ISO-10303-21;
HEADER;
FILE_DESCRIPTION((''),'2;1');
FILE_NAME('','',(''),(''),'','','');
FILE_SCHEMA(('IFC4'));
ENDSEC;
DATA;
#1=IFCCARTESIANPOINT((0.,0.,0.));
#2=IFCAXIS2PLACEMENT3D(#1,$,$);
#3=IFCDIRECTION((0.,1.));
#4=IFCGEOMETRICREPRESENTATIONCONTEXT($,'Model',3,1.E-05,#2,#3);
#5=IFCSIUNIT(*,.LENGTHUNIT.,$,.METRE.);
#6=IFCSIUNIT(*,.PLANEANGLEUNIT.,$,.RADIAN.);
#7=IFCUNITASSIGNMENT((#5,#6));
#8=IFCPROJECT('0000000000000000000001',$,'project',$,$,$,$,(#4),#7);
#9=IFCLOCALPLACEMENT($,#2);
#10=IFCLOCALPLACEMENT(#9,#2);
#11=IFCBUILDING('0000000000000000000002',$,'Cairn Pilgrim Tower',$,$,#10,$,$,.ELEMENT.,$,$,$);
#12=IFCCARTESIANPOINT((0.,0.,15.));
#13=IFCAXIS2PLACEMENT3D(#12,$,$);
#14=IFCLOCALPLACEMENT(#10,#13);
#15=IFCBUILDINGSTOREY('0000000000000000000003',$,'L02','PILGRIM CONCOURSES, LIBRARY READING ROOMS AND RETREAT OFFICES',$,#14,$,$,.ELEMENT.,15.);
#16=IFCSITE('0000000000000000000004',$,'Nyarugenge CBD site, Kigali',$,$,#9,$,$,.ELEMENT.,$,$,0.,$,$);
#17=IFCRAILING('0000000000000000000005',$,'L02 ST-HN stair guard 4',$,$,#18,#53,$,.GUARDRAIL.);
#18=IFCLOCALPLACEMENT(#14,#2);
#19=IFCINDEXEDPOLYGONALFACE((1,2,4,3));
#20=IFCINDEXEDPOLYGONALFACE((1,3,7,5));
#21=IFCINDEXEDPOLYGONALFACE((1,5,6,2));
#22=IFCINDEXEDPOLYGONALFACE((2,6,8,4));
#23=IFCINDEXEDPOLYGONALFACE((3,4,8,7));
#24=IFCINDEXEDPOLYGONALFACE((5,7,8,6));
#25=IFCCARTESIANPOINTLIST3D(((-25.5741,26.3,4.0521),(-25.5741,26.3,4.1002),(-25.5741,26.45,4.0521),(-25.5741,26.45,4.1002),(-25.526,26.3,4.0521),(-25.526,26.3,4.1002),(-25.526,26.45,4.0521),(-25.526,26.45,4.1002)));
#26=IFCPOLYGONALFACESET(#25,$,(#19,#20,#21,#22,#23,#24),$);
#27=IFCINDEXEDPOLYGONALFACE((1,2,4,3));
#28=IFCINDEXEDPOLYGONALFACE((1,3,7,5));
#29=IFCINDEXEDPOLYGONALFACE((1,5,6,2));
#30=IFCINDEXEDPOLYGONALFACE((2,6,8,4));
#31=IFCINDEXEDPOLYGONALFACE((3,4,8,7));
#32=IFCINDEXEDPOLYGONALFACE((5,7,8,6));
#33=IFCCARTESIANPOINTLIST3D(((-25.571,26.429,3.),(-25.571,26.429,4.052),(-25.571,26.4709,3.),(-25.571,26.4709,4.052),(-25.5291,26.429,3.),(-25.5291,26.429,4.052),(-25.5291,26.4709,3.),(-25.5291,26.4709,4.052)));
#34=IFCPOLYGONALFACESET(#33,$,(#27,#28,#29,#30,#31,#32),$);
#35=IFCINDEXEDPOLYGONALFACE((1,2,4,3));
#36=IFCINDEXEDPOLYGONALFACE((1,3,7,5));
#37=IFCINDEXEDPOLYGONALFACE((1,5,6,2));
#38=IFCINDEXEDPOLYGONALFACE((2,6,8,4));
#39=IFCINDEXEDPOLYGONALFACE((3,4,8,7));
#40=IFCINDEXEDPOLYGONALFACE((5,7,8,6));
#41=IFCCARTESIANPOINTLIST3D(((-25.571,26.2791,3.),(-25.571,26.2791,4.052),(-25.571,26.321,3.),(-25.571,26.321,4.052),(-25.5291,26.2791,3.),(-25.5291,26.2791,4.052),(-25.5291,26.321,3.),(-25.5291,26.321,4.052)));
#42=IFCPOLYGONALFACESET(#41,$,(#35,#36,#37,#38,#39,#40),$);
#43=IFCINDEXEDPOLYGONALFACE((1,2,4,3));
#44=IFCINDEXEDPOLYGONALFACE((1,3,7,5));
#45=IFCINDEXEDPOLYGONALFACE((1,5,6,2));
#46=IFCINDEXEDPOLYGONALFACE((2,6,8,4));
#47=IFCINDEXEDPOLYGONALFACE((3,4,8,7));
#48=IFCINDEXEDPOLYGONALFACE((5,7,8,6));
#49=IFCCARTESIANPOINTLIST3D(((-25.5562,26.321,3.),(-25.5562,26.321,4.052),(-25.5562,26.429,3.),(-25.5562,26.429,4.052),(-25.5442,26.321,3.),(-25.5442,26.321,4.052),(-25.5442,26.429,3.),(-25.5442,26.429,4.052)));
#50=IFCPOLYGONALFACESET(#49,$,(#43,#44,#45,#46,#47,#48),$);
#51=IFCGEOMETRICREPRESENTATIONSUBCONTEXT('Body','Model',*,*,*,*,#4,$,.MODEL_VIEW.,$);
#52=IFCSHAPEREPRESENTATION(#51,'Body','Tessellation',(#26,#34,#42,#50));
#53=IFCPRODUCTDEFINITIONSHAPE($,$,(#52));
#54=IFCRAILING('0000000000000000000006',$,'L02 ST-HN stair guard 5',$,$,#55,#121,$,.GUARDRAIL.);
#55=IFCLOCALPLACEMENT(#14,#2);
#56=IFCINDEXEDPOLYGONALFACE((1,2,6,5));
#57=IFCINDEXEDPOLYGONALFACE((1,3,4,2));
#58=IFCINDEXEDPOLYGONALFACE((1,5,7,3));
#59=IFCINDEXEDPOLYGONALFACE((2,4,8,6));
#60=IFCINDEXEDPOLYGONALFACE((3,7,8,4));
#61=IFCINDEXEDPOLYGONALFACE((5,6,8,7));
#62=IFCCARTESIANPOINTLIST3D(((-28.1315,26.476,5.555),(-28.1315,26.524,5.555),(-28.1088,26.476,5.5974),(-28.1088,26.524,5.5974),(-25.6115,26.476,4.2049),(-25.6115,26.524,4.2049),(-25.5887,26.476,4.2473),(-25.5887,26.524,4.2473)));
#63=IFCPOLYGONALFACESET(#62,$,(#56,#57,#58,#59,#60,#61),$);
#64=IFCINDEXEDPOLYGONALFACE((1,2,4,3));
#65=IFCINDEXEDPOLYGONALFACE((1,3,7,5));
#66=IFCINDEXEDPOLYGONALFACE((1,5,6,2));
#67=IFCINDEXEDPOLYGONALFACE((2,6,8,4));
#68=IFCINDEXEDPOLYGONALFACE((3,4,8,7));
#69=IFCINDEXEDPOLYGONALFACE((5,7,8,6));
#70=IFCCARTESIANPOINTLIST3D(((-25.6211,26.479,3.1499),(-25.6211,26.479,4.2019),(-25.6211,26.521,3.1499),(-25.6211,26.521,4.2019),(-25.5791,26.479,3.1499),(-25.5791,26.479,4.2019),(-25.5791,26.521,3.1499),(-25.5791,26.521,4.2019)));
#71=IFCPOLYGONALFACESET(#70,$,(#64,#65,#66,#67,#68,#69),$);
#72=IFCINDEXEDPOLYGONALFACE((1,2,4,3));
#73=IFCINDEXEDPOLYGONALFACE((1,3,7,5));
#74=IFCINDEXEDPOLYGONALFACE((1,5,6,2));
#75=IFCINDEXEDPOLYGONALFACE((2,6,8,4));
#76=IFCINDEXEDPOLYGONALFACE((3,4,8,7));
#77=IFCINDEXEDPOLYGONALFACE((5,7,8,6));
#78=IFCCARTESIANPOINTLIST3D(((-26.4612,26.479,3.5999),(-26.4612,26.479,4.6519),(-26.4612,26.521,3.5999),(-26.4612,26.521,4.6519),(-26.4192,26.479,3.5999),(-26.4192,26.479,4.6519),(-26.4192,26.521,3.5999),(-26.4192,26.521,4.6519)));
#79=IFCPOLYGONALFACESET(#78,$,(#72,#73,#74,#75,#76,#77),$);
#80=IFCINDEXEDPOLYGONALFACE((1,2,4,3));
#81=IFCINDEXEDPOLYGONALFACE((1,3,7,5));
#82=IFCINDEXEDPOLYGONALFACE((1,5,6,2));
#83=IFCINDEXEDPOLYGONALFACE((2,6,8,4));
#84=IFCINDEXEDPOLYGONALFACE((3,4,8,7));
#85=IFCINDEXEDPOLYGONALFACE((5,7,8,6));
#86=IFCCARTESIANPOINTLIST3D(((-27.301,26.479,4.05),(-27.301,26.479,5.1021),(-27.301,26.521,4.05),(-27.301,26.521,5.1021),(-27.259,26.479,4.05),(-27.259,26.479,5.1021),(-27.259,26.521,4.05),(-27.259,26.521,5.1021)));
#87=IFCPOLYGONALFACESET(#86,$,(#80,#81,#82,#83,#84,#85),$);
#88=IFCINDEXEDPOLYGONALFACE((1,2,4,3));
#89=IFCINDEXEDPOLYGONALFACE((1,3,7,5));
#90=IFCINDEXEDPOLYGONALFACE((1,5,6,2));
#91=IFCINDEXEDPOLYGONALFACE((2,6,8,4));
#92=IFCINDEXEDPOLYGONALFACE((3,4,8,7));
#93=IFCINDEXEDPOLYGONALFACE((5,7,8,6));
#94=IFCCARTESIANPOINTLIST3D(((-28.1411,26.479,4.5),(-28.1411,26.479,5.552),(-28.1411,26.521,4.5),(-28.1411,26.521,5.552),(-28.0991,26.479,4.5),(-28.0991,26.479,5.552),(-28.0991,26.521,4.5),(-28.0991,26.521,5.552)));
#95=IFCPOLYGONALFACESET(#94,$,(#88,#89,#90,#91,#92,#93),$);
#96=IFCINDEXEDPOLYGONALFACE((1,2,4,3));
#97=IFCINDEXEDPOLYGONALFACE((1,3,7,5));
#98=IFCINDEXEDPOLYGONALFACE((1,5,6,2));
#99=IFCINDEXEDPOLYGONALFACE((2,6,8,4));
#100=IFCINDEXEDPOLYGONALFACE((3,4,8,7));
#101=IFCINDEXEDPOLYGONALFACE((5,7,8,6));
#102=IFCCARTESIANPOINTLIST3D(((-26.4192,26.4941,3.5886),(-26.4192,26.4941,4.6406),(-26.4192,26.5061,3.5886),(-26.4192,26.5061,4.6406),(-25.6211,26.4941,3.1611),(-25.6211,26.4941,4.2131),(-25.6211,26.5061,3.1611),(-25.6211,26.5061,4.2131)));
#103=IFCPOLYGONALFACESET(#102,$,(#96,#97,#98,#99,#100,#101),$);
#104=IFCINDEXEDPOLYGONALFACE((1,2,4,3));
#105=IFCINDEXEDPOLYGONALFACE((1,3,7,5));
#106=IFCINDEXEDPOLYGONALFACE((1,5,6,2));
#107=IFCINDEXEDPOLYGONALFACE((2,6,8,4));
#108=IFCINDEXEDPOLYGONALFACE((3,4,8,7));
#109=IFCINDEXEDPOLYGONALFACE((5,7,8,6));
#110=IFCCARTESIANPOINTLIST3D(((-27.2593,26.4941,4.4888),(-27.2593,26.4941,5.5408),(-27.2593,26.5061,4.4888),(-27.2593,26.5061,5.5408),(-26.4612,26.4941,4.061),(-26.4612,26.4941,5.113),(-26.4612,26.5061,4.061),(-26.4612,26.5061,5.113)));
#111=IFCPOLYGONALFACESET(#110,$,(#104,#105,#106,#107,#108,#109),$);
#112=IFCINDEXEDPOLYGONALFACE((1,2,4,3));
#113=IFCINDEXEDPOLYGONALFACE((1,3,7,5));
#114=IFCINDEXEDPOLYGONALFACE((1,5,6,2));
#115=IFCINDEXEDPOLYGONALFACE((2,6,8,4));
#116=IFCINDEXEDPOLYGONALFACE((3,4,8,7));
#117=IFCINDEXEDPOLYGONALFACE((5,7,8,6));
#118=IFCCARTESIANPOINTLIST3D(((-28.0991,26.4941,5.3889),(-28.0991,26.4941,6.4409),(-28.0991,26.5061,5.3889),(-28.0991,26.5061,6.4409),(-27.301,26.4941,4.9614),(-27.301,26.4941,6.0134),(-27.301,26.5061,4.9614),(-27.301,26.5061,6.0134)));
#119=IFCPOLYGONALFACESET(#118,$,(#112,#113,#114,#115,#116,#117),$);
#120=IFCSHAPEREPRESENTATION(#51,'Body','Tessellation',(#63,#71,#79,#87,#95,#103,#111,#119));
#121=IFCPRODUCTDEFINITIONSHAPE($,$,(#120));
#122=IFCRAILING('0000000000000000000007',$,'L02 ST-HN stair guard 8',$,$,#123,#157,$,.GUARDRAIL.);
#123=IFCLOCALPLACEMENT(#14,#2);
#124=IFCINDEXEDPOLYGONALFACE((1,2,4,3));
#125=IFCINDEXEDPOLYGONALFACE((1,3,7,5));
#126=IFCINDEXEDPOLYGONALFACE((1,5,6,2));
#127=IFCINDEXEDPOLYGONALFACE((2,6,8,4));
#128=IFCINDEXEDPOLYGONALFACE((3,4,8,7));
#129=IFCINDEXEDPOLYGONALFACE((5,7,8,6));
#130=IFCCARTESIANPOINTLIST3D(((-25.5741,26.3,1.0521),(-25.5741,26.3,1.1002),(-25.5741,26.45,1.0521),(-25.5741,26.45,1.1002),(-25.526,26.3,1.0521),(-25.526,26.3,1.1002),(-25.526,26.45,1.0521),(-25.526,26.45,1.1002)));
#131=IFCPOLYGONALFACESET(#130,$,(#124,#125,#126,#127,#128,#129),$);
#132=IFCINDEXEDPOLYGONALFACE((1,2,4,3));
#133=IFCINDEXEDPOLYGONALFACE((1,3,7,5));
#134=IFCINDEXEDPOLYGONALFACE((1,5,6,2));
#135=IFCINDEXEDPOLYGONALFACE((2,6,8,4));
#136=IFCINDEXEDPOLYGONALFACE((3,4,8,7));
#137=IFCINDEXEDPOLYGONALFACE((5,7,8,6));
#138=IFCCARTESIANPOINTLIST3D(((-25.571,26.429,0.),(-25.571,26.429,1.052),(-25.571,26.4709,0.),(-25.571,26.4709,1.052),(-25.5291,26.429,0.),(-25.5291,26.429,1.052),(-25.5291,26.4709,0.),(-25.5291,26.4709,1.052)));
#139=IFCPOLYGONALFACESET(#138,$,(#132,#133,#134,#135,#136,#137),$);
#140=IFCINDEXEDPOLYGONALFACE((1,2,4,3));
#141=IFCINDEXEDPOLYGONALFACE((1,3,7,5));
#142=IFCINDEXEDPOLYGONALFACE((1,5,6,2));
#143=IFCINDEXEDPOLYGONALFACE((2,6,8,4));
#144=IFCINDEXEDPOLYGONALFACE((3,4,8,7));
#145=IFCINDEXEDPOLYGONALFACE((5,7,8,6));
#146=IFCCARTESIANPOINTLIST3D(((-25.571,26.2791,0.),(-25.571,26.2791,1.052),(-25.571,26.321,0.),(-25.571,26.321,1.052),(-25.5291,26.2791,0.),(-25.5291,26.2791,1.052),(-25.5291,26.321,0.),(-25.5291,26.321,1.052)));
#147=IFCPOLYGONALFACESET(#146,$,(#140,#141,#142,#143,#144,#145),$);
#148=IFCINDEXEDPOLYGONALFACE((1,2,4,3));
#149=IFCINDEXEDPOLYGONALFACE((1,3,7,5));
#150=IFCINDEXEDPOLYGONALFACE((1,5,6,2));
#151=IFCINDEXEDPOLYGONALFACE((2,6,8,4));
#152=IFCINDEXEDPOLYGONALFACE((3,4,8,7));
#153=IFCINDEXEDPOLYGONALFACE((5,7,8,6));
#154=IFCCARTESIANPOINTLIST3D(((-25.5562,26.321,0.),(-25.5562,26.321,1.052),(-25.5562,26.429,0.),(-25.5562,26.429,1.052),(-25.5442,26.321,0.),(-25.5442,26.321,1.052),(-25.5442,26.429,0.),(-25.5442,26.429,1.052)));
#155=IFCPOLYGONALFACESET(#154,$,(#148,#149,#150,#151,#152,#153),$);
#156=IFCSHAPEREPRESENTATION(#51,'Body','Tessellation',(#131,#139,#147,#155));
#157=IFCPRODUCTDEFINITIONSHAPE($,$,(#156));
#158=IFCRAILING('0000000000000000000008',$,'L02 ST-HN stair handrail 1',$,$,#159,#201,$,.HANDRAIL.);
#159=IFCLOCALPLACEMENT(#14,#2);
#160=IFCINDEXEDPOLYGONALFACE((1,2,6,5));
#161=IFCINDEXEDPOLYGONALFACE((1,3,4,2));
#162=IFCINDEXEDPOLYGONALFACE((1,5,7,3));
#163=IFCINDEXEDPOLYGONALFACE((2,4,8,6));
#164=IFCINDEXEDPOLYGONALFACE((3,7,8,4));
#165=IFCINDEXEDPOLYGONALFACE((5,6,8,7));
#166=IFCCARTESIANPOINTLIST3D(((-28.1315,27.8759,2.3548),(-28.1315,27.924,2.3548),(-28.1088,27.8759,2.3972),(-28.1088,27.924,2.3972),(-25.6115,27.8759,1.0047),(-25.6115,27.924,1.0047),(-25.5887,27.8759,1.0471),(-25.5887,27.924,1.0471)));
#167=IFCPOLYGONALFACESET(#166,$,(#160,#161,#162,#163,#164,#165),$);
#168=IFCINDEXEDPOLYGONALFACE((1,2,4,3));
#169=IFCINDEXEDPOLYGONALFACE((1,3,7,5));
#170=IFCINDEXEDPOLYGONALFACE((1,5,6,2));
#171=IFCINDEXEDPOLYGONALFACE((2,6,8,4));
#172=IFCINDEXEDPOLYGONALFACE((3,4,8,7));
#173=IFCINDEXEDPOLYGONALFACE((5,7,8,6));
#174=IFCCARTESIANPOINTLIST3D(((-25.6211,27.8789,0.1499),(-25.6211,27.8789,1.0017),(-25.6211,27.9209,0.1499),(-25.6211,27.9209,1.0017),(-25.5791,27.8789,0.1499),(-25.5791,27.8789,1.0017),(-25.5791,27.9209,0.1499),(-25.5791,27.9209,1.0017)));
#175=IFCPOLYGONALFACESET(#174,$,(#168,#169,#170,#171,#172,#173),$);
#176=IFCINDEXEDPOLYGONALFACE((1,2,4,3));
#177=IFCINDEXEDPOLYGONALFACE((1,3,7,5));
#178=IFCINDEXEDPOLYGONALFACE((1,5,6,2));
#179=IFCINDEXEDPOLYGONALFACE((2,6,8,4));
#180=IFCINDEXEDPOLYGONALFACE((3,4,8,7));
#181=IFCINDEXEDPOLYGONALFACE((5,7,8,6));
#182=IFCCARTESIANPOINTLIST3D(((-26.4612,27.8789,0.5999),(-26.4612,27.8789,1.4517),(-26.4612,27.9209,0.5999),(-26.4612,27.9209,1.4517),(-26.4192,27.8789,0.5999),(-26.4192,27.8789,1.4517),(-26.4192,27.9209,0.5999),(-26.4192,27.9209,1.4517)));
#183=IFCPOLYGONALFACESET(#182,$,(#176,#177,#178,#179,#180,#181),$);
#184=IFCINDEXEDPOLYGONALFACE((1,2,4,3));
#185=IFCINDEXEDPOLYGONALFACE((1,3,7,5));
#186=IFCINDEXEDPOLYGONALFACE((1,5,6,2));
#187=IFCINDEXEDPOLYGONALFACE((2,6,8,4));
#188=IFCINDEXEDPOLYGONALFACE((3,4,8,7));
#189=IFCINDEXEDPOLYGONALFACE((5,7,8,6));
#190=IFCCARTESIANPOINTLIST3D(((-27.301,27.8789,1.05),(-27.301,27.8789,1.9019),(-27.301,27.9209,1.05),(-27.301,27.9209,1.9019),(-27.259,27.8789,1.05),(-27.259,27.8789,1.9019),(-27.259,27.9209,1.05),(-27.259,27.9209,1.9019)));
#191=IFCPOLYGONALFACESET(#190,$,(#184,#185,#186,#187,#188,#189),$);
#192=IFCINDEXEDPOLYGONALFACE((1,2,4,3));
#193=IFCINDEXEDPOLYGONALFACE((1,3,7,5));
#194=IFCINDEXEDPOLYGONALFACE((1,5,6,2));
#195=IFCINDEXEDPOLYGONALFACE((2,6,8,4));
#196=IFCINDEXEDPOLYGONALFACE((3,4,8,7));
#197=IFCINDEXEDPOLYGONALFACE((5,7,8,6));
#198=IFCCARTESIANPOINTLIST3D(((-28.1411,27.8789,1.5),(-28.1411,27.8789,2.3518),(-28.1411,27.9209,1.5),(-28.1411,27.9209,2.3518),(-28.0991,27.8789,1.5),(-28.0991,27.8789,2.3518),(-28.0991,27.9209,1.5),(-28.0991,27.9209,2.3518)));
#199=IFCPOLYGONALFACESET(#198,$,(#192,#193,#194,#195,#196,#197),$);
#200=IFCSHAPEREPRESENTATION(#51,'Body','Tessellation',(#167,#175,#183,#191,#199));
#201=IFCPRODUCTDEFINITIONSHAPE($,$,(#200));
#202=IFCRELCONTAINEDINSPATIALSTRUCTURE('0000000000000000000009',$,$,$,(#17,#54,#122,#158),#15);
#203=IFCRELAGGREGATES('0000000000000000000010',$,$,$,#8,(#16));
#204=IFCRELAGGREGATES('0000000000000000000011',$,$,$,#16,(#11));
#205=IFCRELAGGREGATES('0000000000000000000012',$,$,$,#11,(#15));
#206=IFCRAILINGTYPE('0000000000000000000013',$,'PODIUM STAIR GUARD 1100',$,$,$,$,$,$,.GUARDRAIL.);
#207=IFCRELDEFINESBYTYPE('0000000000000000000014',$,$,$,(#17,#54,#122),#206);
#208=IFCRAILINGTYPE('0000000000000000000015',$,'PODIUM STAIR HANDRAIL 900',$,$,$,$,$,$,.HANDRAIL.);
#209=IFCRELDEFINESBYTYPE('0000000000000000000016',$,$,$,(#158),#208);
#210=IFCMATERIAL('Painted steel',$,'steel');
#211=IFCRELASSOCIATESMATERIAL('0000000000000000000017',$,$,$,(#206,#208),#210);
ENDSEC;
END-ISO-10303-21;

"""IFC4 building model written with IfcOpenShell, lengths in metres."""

from ifc_helpers import new_model, si_unit, direction, frame, origin, origin_2d, place, context, subcontext, project, spatial, polyline, rectangle, outline, extrude, material, type_object, element, save


model = new_model("IFC4")

# Units and contexts
model_context = context("Model", 3, precision=1e-05, world=origin(), true_north=direction((0.0, 1.0)))
body_context = subcontext(model_context, "Body", "Model", "MODEL_VIEW")
ifc_project = project(units=[si_unit("LENGTHUNIT", "METRE"), si_unit("PLANEANGLEUNIT", "RADIAN")], contexts=[model_context])

# Site, building, storey
site_placement = place(None, origin())
site = spatial("IfcSite", under=ifc_project, at=site_placement, Name="Nyarugenge CBD site, Kigali", CompositionType="ELEMENT", RefElevation=0.0)
building_placement = place(site_placement, origin())
building = spatial("IfcBuilding", under=site, at=building_placement, Name="Cairn Pilgrim Tower", CompositionType="ELEMENT")
storey_placement = place(building_placement, frame((0.0, 0.0, 15.0)))
storey = spatial("IfcBuildingStorey", under=building, at=storey_placement, Name="L02", Description="PILGRIM CONCOURSES, LIBRARY READING ROOMS AND RETREAT OFFICES", CompositionType="ELEMENT", Elevation=15.0)

# Railings
ifc_material_1 = material(Name="Painted steel", Category="steel")
railing_type_1 = type_object("IfcRailingType", Name="PODIUM STAIR GUARD 1100", PredefinedType="GUARDRAIL", material=ifc_material_1)
railing_1_placement = place(storey_placement, frame((-25.55, 26.45, 3.0)))
element("IfcRailing", 1, at=railing_1_placement, inside=storey, type_object=railing_type_1, Name="L02 ST-HN stair guard 4", PredefinedType="GUARDRAIL", context=body_context, shape_type="SweptSolid", body=[
    extrude(rectangle(XDim=0.0481, YDim=0.0481, at=origin_2d()), frame((0.0, 0.0, 1.0762), z_axis=(0.0, -1.0, 0.0), x_axis=(1.0, 0.0, 0.0)), (0.0, 0.0, 1.0), 0.1499),
    extrude(rectangle(XDim=0.042, YDim=0.042, at=origin_2d()), origin(), (0.0, 0.0, 1.0), 1.052),
    extrude(rectangle(XDim=0.042, YDim=0.042, at=origin_2d()), frame((0.0, -0.1499, 0.0)), (0.0, 0.0, 1.0), 1.052),
    extrude(outline(polyline([(0.021, 0.0), (0.1289, 0.0), (0.1289, 1.052), (0.021, 1.052), (0.021, 0.0)])), frame((0.0059, 0.0, 0.0), z_axis=(-1.0, 0.0, 0.0), x_axis=(0.0, -1.0, 0.0)), (0.0, 0.0, 1.0), 0.012),
])
railing_2_placement = place(storey_placement, frame((-25.6001, 26.5, 3.1499)))
element("IfcRailing", 2, at=railing_2_placement, inside=storey, type_object=railing_type_1, Name="L02 ST-HN stair guard 5", PredefinedType="GUARDRAIL", context=body_context, shape_type="SweptSolid", body=[
    extrude(rectangle(XDim=0.0481, YDim=0.0481, at=origin_2d()), frame((0.0, 0.0, 1.0762), z_axis=(-0.881467, 0.0, 0.472245), x_axis=(0.0, -1.0, 0.0)), (0.0, 0.0, 1.0), 2.8589),
    extrude(rectangle(XDim=0.042, YDim=0.042, at=origin_2d()), origin(), (0.0, 0.0, 1.0), 1.052),
    extrude(rectangle(XDim=0.042, YDim=0.042, at=origin_2d()), frame((-0.8401, 0.0, 0.45)), (0.0, 0.0, 1.0), 1.052),
    extrude(rectangle(XDim=0.042, YDim=0.042, at=origin_2d()), frame((-1.6799, 0.0, 0.9001)), (0.0, 0.0, 1.0), 1.052),
    extrude(rectangle(XDim=0.042, YDim=0.042, at=origin_2d()), frame((-2.52, 0.0, 1.3501)), (0.0, 0.0, 1.0), 1.052),
    extrude(outline(polyline([(0.021, 0.0112), (0.8191, 0.4387), (0.8191, 1.4907), (0.021, 1.0632), (0.021, 0.0112)])), frame((0.0, -0.0059, 0.0), z_axis=(0.0, 1.0, 0.0), x_axis=(-1.0, 0.0, 0.0)), (0.0, 0.0, 1.0), 0.012),
    extrude(outline(polyline([(0.021, 0.4612), (0.8191, 0.8889), (0.8191, 1.9409), (0.021, 1.5132), (0.021, 0.4612)])), frame((-0.8401, -0.0059, 0.45), z_axis=(0.0, 1.0, 0.0), x_axis=(-1.0, 0.0, 0.0)), (0.0, 0.0, 1.0), 0.012),
    extrude(outline(polyline([(0.021, 0.9114), (0.8191, 1.3389), (0.8191, 2.3909), (0.021, 1.9634), (0.021, 0.9114)])), frame((-1.6799, -0.0059, 0.9001), z_axis=(0.0, 1.0, 0.0), x_axis=(-1.0, 0.0, 0.0)), (0.0, 0.0, 1.0), 0.012),
])
railing_3_placement = place(storey_placement, frame((-25.55, 26.45, 0.0)))
element("IfcRailing", 3, at=railing_3_placement, inside=storey, type_object=railing_type_1, Name="L02 ST-HN stair guard 8", PredefinedType="GUARDRAIL", context=body_context, shape_type="SweptSolid", body=[
    extrude(rectangle(XDim=0.0481, YDim=0.0481, at=origin_2d()), frame((0.0, 0.0, 1.0762), z_axis=(0.0, -1.0, 0.0), x_axis=(1.0, 0.0, 0.0)), (0.0, 0.0, 1.0), 0.1499),
    extrude(rectangle(XDim=0.042, YDim=0.042, at=origin_2d()), origin(), (0.0, 0.0, 1.0), 1.052),
    extrude(rectangle(XDim=0.042, YDim=0.042, at=origin_2d()), frame((0.0, -0.1499, 0.0)), (0.0, 0.0, 1.0), 1.052),
    extrude(outline(polyline([(0.021, 0.0), (0.1289, 0.0), (0.1289, 1.052), (0.021, 1.052), (0.021, 0.0)])), frame((0.0059, 0.0, 0.0), z_axis=(-1.0, 0.0, 0.0), x_axis=(0.0, -1.0, 0.0)), (0.0, 0.0, 1.0), 0.012),
])
railing_type_2 = type_object("IfcRailingType", Name="PODIUM STAIR HANDRAIL 900", PredefinedType="HANDRAIL", material=ifc_material_1)
for number, where, name in (
    (4, (-25.6001, 27.8999, 0.1499), "L02 ST-HN stair handrail 1"),
):
    element("IfcRailing", number, at=place(storey_placement, frame(where)), inside=storey, type_object=railing_type_2, Name=name, PredefinedType="HANDRAIL", context=body_context, shape_type="SweptSolid", body=[
        extrude(rectangle(XDim=0.0481, YDim=0.0481, at=origin_2d()), frame((0.0, 0.0, 0.876), z_axis=(-0.881467, 0.0, 0.472245), x_axis=(0.0, -1.0, 0.0)), (0.0, 0.0, 1.0), 2.8589),
        extrude(rectangle(XDim=0.042, YDim=0.042, at=origin_2d()), origin(), (0.0, 0.0, 1.0), 0.8518),
        extrude(rectangle(XDim=0.042, YDim=0.042, at=origin_2d()), frame((-0.8401, 0.0, 0.45)), (0.0, 0.0, 1.0), 0.8518),
        extrude(rectangle(XDim=0.042, YDim=0.042, at=origin_2d()), frame((-1.6799, 0.0, 0.9001)), (0.0, 0.0, 1.0), 0.8518),
        extrude(rectangle(XDim=0.042, YDim=0.042, at=origin_2d()), frame((-2.52, 0.0, 1.3501)), (0.0, 0.0, 1.0), 0.8518),
    ])

save(model, "model.ifc")
